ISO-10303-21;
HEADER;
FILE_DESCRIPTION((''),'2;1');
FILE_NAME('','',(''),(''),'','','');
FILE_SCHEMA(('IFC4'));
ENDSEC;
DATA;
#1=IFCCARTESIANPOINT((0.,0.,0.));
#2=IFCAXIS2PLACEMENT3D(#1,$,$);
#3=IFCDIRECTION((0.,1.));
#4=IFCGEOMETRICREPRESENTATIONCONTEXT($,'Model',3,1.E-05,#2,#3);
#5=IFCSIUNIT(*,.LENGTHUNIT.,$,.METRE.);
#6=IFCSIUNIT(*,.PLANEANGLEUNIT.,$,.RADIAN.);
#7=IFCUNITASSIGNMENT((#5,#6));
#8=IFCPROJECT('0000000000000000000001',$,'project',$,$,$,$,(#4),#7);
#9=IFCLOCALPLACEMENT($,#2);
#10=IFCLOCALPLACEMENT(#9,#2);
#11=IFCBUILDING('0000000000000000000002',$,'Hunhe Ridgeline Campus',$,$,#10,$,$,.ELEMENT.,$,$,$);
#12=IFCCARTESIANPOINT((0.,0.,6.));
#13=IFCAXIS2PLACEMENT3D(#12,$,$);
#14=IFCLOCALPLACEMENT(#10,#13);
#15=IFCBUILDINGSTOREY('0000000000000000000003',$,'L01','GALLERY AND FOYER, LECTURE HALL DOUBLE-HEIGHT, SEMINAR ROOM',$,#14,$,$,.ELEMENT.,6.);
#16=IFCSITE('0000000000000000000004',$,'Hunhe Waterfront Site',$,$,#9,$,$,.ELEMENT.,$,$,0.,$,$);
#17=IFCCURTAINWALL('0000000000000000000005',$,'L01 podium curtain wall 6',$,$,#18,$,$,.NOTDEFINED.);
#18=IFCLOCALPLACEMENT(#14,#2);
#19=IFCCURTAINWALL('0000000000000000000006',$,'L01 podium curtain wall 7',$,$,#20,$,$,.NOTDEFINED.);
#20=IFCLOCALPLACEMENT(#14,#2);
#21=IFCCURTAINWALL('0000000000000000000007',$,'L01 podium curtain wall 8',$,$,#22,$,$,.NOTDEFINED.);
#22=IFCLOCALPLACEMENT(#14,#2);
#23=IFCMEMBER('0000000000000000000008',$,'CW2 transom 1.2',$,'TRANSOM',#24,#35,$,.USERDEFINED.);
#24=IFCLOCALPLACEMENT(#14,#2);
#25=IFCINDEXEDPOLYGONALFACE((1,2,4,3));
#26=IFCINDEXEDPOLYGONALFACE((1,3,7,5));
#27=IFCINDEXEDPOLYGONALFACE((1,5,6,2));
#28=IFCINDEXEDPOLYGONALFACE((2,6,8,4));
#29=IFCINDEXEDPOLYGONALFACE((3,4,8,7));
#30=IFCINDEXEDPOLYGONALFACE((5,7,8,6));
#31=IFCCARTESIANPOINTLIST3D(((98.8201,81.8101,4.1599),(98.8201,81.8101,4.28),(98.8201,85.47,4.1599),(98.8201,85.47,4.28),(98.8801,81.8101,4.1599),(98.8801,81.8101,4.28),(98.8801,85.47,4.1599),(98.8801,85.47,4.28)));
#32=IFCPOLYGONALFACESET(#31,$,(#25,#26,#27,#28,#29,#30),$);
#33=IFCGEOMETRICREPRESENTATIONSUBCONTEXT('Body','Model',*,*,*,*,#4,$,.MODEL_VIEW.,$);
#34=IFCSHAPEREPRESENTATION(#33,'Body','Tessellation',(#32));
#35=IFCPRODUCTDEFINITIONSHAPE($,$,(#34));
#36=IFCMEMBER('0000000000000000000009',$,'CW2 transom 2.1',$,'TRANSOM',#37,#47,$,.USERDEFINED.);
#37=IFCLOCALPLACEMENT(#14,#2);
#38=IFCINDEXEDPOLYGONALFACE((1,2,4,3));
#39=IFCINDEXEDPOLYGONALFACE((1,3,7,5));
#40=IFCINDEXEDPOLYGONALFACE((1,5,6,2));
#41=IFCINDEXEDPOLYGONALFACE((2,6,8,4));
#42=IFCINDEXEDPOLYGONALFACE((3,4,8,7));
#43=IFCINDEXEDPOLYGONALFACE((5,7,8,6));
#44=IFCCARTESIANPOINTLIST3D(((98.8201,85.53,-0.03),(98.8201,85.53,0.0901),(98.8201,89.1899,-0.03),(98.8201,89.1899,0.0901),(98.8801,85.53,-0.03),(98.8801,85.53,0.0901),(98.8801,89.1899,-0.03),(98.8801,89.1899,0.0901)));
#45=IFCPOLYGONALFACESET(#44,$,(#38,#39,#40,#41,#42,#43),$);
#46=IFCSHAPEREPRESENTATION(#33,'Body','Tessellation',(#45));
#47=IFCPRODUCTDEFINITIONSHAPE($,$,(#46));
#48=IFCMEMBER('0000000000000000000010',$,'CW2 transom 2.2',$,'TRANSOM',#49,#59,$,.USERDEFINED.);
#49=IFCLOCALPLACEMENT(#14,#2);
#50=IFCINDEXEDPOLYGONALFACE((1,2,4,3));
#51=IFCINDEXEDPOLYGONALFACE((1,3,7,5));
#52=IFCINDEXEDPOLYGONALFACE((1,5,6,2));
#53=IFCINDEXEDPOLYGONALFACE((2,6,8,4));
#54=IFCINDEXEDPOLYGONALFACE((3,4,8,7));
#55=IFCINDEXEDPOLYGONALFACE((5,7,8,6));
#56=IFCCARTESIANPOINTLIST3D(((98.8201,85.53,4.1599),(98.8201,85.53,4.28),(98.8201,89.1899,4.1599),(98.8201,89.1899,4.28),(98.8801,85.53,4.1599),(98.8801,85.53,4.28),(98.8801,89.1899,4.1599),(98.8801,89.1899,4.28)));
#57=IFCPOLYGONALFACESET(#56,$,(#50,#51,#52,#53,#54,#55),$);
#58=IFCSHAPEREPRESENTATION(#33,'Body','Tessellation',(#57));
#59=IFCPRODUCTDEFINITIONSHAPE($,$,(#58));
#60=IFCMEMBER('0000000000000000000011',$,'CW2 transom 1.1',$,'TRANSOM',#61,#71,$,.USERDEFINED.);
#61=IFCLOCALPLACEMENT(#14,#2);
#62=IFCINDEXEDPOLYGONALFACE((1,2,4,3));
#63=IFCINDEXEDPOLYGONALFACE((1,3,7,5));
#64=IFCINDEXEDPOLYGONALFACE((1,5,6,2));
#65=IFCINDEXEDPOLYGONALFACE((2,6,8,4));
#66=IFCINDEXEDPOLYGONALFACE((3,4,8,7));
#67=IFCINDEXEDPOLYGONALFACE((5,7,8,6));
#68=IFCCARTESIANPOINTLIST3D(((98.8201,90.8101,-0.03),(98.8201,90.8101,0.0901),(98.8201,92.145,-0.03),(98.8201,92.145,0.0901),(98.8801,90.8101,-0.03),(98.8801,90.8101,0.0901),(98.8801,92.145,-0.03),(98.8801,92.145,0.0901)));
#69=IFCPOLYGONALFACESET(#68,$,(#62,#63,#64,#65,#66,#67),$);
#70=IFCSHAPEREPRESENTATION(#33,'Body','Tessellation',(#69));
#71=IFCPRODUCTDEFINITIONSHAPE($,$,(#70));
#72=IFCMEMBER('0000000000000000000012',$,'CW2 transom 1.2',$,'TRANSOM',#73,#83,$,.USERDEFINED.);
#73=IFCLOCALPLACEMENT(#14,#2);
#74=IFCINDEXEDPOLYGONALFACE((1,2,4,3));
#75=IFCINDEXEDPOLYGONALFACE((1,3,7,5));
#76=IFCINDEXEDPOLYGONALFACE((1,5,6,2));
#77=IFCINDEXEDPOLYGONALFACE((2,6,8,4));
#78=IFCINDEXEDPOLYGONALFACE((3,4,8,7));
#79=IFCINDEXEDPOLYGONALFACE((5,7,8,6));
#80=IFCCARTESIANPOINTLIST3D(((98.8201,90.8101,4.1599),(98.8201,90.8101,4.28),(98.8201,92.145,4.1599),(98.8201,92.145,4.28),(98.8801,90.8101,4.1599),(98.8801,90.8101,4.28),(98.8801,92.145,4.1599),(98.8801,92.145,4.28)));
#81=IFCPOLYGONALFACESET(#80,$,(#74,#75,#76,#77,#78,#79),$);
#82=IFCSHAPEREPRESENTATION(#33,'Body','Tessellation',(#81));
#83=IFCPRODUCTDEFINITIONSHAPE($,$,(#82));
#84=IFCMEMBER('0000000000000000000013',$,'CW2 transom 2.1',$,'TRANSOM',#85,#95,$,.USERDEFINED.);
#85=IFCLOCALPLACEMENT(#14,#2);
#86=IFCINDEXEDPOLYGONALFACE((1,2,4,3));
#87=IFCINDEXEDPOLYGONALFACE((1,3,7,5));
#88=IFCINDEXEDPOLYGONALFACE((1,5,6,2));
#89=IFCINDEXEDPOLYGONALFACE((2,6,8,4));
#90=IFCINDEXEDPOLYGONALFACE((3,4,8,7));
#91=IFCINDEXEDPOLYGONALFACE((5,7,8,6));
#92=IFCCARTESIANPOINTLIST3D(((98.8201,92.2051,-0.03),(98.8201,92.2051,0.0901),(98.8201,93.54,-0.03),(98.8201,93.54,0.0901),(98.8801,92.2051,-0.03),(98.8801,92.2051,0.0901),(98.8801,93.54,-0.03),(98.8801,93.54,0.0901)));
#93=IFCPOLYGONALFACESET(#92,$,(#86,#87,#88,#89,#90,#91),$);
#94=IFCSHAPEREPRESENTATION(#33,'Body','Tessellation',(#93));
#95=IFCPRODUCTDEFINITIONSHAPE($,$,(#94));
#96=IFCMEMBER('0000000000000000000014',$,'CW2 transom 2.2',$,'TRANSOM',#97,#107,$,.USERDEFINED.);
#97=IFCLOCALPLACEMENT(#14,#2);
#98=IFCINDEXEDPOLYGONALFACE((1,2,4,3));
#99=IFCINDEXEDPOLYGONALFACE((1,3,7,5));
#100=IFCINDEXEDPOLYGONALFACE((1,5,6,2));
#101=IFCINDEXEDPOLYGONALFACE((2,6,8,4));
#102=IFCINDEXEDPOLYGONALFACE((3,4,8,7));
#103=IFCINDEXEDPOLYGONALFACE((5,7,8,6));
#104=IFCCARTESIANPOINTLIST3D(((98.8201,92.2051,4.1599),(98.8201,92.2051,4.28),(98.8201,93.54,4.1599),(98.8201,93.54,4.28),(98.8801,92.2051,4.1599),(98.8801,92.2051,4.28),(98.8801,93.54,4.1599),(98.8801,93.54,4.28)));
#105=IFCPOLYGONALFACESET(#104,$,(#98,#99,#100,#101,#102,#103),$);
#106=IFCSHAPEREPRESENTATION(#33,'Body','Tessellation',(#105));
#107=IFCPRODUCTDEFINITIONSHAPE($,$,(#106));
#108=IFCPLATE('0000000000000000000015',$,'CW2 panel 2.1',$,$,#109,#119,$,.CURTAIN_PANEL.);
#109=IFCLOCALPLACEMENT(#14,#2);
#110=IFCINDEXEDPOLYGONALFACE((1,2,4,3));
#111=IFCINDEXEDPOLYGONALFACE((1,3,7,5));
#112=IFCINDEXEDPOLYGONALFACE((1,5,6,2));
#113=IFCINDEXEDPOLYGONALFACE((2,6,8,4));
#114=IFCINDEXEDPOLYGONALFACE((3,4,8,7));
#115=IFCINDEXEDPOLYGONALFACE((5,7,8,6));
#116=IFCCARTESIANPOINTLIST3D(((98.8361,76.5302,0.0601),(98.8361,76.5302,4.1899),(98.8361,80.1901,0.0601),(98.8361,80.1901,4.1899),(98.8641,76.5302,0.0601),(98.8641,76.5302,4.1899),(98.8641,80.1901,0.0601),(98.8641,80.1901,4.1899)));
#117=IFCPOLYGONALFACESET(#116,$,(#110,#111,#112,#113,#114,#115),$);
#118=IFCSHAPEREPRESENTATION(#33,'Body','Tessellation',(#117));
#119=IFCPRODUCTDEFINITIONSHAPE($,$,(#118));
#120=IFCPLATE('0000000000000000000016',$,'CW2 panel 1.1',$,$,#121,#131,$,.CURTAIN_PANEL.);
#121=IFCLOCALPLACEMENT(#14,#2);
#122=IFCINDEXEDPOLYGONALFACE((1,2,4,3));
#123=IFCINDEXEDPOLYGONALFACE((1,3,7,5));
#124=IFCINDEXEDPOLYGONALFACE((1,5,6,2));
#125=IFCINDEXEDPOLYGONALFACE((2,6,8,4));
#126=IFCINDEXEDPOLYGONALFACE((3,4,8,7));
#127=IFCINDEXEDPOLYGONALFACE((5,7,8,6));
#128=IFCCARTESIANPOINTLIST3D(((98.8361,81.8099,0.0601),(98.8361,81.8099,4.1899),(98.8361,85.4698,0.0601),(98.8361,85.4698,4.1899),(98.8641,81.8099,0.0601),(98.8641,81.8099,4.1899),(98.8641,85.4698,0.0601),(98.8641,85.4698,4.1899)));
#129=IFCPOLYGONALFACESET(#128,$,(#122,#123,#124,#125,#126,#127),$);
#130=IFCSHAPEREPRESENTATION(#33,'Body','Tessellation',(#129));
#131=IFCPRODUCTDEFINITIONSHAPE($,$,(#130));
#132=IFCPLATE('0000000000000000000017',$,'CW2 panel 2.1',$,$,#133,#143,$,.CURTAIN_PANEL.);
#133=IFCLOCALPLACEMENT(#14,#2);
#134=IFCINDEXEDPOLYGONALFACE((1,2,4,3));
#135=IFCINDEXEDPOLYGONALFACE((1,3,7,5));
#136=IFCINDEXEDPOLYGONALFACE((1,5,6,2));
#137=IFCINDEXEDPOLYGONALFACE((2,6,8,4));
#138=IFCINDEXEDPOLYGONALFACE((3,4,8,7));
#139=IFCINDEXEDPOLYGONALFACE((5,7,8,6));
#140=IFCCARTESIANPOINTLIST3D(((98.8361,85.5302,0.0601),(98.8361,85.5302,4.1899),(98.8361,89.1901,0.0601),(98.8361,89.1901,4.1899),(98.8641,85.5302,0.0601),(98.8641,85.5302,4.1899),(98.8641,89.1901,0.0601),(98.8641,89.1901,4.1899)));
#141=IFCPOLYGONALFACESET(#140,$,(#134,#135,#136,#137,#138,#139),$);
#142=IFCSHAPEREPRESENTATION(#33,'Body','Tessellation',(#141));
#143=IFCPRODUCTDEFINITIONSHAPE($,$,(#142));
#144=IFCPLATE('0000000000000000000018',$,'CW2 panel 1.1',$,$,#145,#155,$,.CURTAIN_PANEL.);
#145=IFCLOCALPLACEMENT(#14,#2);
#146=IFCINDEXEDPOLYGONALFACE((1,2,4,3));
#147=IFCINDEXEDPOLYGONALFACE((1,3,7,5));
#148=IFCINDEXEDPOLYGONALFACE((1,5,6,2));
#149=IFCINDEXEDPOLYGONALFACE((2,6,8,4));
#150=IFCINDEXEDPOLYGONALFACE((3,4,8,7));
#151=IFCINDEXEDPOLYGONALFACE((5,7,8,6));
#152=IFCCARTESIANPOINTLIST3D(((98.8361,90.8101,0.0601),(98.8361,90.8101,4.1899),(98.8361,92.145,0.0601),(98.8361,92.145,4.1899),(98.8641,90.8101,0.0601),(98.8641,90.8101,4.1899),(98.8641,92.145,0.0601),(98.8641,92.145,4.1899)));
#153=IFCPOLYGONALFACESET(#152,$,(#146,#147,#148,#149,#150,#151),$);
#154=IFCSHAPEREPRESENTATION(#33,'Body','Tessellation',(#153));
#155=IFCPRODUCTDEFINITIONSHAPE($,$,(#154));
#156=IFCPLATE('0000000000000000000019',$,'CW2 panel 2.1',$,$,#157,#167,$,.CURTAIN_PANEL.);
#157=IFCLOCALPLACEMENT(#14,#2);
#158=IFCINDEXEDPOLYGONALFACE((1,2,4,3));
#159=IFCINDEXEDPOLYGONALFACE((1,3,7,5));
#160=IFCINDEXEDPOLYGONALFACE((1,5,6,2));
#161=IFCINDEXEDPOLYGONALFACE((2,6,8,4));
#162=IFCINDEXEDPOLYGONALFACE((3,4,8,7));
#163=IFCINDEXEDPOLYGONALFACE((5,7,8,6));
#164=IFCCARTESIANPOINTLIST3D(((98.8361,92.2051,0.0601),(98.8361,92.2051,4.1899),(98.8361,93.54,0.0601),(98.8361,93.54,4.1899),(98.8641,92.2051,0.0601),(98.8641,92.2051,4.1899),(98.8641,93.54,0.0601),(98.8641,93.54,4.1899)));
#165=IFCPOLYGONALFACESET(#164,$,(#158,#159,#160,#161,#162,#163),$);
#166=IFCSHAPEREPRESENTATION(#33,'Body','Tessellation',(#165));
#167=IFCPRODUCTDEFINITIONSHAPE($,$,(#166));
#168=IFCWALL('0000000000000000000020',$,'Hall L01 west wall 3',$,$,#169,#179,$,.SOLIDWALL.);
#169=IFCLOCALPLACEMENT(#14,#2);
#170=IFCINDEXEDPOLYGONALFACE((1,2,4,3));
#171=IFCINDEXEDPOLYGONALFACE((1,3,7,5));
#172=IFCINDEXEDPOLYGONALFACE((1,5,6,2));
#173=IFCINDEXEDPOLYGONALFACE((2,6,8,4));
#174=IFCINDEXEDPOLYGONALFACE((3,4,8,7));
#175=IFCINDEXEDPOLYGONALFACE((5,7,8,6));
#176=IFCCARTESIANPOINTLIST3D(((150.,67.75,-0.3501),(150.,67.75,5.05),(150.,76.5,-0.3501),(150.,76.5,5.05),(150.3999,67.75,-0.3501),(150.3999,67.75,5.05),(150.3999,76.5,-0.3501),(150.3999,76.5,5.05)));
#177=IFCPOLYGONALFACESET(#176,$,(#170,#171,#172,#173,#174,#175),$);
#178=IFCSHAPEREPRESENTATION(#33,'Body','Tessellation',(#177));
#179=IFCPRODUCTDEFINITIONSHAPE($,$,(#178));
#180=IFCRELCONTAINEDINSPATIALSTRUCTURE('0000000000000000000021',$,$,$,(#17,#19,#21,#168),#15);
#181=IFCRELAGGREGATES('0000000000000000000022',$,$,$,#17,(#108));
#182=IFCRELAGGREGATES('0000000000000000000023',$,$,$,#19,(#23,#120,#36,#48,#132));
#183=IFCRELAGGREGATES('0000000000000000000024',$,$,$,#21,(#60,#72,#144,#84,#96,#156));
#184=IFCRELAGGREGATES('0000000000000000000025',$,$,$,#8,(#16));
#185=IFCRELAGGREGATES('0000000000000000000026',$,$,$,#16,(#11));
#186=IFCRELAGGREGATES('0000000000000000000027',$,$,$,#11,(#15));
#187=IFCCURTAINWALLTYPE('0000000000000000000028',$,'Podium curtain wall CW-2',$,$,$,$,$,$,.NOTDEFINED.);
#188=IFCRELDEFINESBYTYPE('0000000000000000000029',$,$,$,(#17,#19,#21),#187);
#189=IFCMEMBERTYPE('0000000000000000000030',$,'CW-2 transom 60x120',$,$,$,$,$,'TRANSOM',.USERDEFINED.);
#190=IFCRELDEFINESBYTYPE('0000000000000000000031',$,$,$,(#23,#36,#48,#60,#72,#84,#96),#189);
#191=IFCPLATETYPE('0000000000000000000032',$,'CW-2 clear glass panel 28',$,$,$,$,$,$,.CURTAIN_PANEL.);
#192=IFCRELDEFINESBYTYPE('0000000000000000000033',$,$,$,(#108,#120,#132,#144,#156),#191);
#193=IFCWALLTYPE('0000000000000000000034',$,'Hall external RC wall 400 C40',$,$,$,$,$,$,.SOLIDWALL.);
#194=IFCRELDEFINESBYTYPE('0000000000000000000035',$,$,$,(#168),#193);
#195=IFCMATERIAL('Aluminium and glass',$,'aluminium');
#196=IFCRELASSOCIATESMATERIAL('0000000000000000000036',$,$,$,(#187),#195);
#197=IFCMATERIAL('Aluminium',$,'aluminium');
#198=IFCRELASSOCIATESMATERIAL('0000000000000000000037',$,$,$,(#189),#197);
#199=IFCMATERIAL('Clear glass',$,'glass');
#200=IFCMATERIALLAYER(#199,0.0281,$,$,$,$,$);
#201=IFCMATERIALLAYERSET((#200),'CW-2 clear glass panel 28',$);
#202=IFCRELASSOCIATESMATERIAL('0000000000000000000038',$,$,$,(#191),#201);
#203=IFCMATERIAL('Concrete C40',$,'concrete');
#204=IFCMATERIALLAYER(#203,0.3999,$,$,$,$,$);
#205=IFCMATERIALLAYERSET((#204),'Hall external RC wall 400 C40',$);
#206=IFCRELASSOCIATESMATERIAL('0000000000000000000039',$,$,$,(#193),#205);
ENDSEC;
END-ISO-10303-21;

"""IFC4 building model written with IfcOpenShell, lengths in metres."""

from ifc_helpers import new_model, si_unit, direction, frame, frame_2d, origin, origin_2d, place, context, subcontext, project, spatial, rectangle, extrude, material, layer, layer_set, material_profile, profile_set, type_object, element, aggregate, save


model = new_model("IFC4")

# Units and contexts
model_context = context("Model", 3, precision=1e-05, world=origin(), true_north=direction((0.0, 1.0)))
body_context = subcontext(model_context, "Body", "Model", "MODEL_VIEW")
ifc_project = project(units=[si_unit("LENGTHUNIT", "METRE"), si_unit("PLANEANGLEUNIT", "RADIAN")], contexts=[model_context])

# Site, building, storey
site_placement = place(None, origin())
site = spatial("IfcSite", under=ifc_project, at=site_placement, Name="Hunhe Waterfront Site", CompositionType="ELEMENT", RefElevation=0.0)
building_placement = place(site_placement, origin())
building = spatial("IfcBuilding", under=site, at=building_placement, Name="Hunhe Ridgeline Campus", CompositionType="ELEMENT")
storey_placement = place(building_placement, frame((0.0, 0.0, 6.0)))
storey = spatial("IfcBuildingStorey", under=building, at=storey_placement, Name="L01", Description="GALLERY AND FOYER, LECTURE HALL DOUBLE-HEIGHT, SEMINAR ROOM", CompositionType="ELEMENT", Elevation=6.0)

# Curtain wall
ifc_material_1 = material(Name="Aluminium and glass", Category="aluminium")
curtain_wall_type = type_object("IfcCurtainWallType", Name="Podium curtain wall CW-2", PredefinedType="NOTDEFINED", material=ifc_material_1)
curtain_wall_1_placement = place(storey_placement, origin())
curtain_wall_1 = element("IfcCurtainWall", 1, at=curtain_wall_1_placement, inside=storey, type_object=curtain_wall_type, Name="L01 podium curtain wall 6", PredefinedType="NOTDEFINED")
ifc_material_2 = material(Name="Aluminium", Category="aluminium")

# Curtain walls
curtain_wall_2_placement = place(storey_placement, origin())
curtain_wall_2 = element("IfcCurtainWall", 2, at=curtain_wall_2_placement, inside=storey, type_object=curtain_wall_type, Name="L01 podium curtain wall 7", PredefinedType="NOTDEFINED")
curtain_wall_3_placement = place(storey_placement, origin())
curtain_wall_3 = element("IfcCurtainWall", 3, at=curtain_wall_3_placement, inside=storey, type_object=curtain_wall_type, Name="L01 podium curtain wall 8", PredefinedType="NOTDEFINED")

# Members
ifc_material_profile_1 = material_profile(ifc_material_2, rectangle(XDim=0.0601, YDim=0.1201, at=origin_2d()))
ifc_profile_set_1 = profile_set([ifc_material_profile_1], Name="Aluminium")
member_type_1 = type_object("IfcMemberType", Name="CW-2 transom 60x120", ElementType="TRANSOM", PredefinedType="USERDEFINED", material=ifc_profile_set_1)
member_1_placement = place(storey_placement, frame((98.8501, 81.8101, 4.22), z_axis=(0.0, 1.0, 0.0), x_axis=(-1.0, 0.0, 0.0)))
member_1 = element("IfcMember", 4, at=member_1_placement, type_object=member_type_1, Name="CW2 transom 1.2", ObjectType="TRANSOM", PredefinedType="USERDEFINED", context=body_context, shape_type="SweptSolid", body=[
    extrude(rectangle(XDim=0.0601, YDim=0.1201, at=origin_2d()), origin(), (0.0, 0.0, 1.0), 3.6599),
])
member_2_placement = place(storey_placement, frame((98.8501, 85.53, 0.03), z_axis=(0.0, 1.0, 0.0), x_axis=(-1.0, 0.0, 0.0)))
member_2 = element("IfcMember", 5, at=member_2_placement, type_object=member_type_1, Name="CW2 transom 2.1", ObjectType="TRANSOM", PredefinedType="USERDEFINED", context=body_context, shape_type="SweptSolid", body=[
    extrude(rectangle(XDim=0.0601, YDim=0.1201, at=origin_2d()), origin(), (0.0, 0.0, 1.0), 3.6599),
])
member_3_placement = place(storey_placement, frame((98.8501, 85.53, 4.22), z_axis=(0.0, 1.0, 0.0), x_axis=(-1.0, 0.0, 0.0)))
member_3 = element("IfcMember", 6, at=member_3_placement, type_object=member_type_1, Name="CW2 transom 2.2", ObjectType="TRANSOM", PredefinedType="USERDEFINED", context=body_context, shape_type="SweptSolid", body=[
    extrude(rectangle(XDim=0.0601, YDim=0.1201, at=origin_2d()), origin(), (0.0, 0.0, 1.0), 3.6599),
])
member_4_placement = place(storey_placement, frame((98.8501, 90.8101, 0.03), z_axis=(0.0, 1.0, 0.0), x_axis=(-1.0, 0.0, 0.0)))
member_4 = element("IfcMember", 7, at=member_4_placement, type_object=member_type_1, Name="CW2 transom 1.1", ObjectType="TRANSOM", PredefinedType="USERDEFINED", context=body_context, shape_type="SweptSolid", body=[
    extrude(rectangle(XDim=0.0601, YDim=0.1201, at=origin_2d()), origin(), (0.0, 0.0, 1.0), 1.335),
])
member_5_placement = place(storey_placement, frame((98.8501, 90.8101, 4.22), z_axis=(0.0, 1.0, 0.0), x_axis=(-1.0, 0.0, 0.0)))
member_5 = element("IfcMember", 8, at=member_5_placement, type_object=member_type_1, Name="CW2 transom 1.2", ObjectType="TRANSOM", PredefinedType="USERDEFINED", context=body_context, shape_type="SweptSolid", body=[
    extrude(rectangle(XDim=0.0601, YDim=0.1201, at=origin_2d()), origin(), (0.0, 0.0, 1.0), 1.335),
])
member_6_placement = place(storey_placement, frame((98.8501, 92.2051, 0.03), z_axis=(0.0, 1.0, 0.0), x_axis=(-1.0, 0.0, 0.0)))
member_6 = element("IfcMember", 9, at=member_6_placement, type_object=member_type_1, Name="CW2 transom 2.1", ObjectType="TRANSOM", PredefinedType="USERDEFINED", context=body_context, shape_type="SweptSolid", body=[
    extrude(rectangle(XDim=0.0601, YDim=0.1201, at=origin_2d()), origin(), (0.0, 0.0, 1.0), 1.335),
])
member_7_placement = place(storey_placement, frame((98.8501, 92.2051, 4.22), z_axis=(0.0, 1.0, 0.0), x_axis=(-1.0, 0.0, 0.0)))
member_7 = element("IfcMember", 10, at=member_7_placement, type_object=member_type_1, Name="CW2 transom 2.2", ObjectType="TRANSOM", PredefinedType="USERDEFINED", context=body_context, shape_type="SweptSolid", body=[
    extrude(rectangle(XDim=0.0601, YDim=0.1201, at=origin_2d()), origin(), (0.0, 0.0, 1.0), 1.335),
])

# Plates
ifc_material_3 = material(Name="Clear glass", Category="glass")
ifc_layer_1 = layer(ifc_material_3, 0.0281)
ifc_layer_set_1 = layer_set([ifc_layer_1], Name="CW-2 clear glass panel 28")
plate_type = type_object("IfcPlateType", Name="CW-2 clear glass panel 28", PredefinedType="CURTAIN_PANEL", material=ifc_layer_set_1)
plate_1_placement = place(storey_placement, frame((98.8501, 78.3601, 0.0601), z_axis=(0.0, 0.0, 1.0), x_axis=(0.0, 1.0, 0.0)))
plate_1 = element("IfcPlate", 11, at=plate_1_placement, type_object=plate_type, Name="CW2 panel 2.1", PredefinedType="CURTAIN_PANEL", context=body_context, shape_type="SweptSolid", body=[
    extrude(rectangle(XDim=3.6599, YDim=0.0281, at=origin_2d()), origin(), (0.0, 0.0, 1.0), 4.1299),
])
aggregate(curtain_wall_1, [plate_1])
plate_2_placement = place(storey_placement, frame((98.8501, 83.6399, 0.0601), z_axis=(0.0, 0.0, 1.0), x_axis=(0.0, 1.0, 0.0)))
plate_2 = element("IfcPlate", 12, at=plate_2_placement, type_object=plate_type, Name="CW2 panel 1.1", PredefinedType="CURTAIN_PANEL", context=body_context, shape_type="SweptSolid", body=[
    extrude(rectangle(XDim=3.6599, YDim=0.0281, at=origin_2d()), origin(), (0.0, 0.0, 1.0), 4.1299),
])
plate_3_placement = place(storey_placement, frame((98.8501, 87.3601, 0.0601), z_axis=(0.0, 0.0, 1.0), x_axis=(0.0, 1.0, 0.0)))
plate_3 = element("IfcPlate", 13, at=plate_3_placement, type_object=plate_type, Name="CW2 panel 2.1", PredefinedType="CURTAIN_PANEL", context=body_context, shape_type="SweptSolid", body=[
    extrude(rectangle(XDim=3.6599, YDim=0.0281, at=origin_2d()), origin(), (0.0, 0.0, 1.0), 4.1299),
])
aggregate(curtain_wall_2, [member_1, plate_2, member_2, member_3, plate_3])
plate_4_placement = place(storey_placement, frame((98.8501, 91.4775, 0.0601), z_axis=(0.0, 0.0, 1.0), x_axis=(0.0, 1.0, 0.0)))
plate_4 = element("IfcPlate", 14, at=plate_4_placement, type_object=plate_type, Name="CW2 panel 1.1", PredefinedType="CURTAIN_PANEL", context=body_context, shape_type="SweptSolid", body=[
    extrude(rectangle(XDim=1.335, YDim=0.0281, at=origin_2d()), origin(), (0.0, 0.0, 1.0), 4.1299),
])
plate_5_placement = place(storey_placement, frame((98.8501, 92.8726, 0.0601), z_axis=(0.0, 0.0, 1.0), x_axis=(0.0, 1.0, 0.0)))
plate_5 = element("IfcPlate", 15, at=plate_5_placement, type_object=plate_type, Name="CW2 panel 2.1", PredefinedType="CURTAIN_PANEL", context=body_context, shape_type="SweptSolid", body=[
    extrude(rectangle(XDim=1.335, YDim=0.0281, at=origin_2d()), origin(), (0.0, 0.0, 1.0), 4.1299),
])
aggregate(curtain_wall_3, [member_4, member_5, plate_4, member_6, member_7, plate_5])

# Wall
ifc_material_4 = material(Name="Concrete C40", Category="concrete")
ifc_layer_2 = layer(ifc_material_4, 0.3999)
ifc_layer_set_2 = layer_set([ifc_layer_2], Name="Hall external RC wall 400 C40")
wall_type = type_object("IfcWallType", Name="Hall external RC wall 400 C40", PredefinedType="SOLIDWALL", material=ifc_layer_set_2)
wall_placement = place(storey_placement, frame((150.2, 67.75, -0.3501), z_axis=(0.0, 0.0, 1.0), x_axis=(0.0, 1.0, 0.0)))
element("IfcWall", 16, at=wall_placement, inside=storey, type_object=wall_type, Name="Hall L01 west wall 3", PredefinedType="SOLIDWALL", context=body_context, shape_type="SweptSolid", body=[
    extrude(rectangle(XDim=8.75, YDim=0.3999, at=frame_2d((4.375, 0.0))), origin(), (0.0, 0.0, 1.0), 5.4001),
])

save(model, "model.ifc")
